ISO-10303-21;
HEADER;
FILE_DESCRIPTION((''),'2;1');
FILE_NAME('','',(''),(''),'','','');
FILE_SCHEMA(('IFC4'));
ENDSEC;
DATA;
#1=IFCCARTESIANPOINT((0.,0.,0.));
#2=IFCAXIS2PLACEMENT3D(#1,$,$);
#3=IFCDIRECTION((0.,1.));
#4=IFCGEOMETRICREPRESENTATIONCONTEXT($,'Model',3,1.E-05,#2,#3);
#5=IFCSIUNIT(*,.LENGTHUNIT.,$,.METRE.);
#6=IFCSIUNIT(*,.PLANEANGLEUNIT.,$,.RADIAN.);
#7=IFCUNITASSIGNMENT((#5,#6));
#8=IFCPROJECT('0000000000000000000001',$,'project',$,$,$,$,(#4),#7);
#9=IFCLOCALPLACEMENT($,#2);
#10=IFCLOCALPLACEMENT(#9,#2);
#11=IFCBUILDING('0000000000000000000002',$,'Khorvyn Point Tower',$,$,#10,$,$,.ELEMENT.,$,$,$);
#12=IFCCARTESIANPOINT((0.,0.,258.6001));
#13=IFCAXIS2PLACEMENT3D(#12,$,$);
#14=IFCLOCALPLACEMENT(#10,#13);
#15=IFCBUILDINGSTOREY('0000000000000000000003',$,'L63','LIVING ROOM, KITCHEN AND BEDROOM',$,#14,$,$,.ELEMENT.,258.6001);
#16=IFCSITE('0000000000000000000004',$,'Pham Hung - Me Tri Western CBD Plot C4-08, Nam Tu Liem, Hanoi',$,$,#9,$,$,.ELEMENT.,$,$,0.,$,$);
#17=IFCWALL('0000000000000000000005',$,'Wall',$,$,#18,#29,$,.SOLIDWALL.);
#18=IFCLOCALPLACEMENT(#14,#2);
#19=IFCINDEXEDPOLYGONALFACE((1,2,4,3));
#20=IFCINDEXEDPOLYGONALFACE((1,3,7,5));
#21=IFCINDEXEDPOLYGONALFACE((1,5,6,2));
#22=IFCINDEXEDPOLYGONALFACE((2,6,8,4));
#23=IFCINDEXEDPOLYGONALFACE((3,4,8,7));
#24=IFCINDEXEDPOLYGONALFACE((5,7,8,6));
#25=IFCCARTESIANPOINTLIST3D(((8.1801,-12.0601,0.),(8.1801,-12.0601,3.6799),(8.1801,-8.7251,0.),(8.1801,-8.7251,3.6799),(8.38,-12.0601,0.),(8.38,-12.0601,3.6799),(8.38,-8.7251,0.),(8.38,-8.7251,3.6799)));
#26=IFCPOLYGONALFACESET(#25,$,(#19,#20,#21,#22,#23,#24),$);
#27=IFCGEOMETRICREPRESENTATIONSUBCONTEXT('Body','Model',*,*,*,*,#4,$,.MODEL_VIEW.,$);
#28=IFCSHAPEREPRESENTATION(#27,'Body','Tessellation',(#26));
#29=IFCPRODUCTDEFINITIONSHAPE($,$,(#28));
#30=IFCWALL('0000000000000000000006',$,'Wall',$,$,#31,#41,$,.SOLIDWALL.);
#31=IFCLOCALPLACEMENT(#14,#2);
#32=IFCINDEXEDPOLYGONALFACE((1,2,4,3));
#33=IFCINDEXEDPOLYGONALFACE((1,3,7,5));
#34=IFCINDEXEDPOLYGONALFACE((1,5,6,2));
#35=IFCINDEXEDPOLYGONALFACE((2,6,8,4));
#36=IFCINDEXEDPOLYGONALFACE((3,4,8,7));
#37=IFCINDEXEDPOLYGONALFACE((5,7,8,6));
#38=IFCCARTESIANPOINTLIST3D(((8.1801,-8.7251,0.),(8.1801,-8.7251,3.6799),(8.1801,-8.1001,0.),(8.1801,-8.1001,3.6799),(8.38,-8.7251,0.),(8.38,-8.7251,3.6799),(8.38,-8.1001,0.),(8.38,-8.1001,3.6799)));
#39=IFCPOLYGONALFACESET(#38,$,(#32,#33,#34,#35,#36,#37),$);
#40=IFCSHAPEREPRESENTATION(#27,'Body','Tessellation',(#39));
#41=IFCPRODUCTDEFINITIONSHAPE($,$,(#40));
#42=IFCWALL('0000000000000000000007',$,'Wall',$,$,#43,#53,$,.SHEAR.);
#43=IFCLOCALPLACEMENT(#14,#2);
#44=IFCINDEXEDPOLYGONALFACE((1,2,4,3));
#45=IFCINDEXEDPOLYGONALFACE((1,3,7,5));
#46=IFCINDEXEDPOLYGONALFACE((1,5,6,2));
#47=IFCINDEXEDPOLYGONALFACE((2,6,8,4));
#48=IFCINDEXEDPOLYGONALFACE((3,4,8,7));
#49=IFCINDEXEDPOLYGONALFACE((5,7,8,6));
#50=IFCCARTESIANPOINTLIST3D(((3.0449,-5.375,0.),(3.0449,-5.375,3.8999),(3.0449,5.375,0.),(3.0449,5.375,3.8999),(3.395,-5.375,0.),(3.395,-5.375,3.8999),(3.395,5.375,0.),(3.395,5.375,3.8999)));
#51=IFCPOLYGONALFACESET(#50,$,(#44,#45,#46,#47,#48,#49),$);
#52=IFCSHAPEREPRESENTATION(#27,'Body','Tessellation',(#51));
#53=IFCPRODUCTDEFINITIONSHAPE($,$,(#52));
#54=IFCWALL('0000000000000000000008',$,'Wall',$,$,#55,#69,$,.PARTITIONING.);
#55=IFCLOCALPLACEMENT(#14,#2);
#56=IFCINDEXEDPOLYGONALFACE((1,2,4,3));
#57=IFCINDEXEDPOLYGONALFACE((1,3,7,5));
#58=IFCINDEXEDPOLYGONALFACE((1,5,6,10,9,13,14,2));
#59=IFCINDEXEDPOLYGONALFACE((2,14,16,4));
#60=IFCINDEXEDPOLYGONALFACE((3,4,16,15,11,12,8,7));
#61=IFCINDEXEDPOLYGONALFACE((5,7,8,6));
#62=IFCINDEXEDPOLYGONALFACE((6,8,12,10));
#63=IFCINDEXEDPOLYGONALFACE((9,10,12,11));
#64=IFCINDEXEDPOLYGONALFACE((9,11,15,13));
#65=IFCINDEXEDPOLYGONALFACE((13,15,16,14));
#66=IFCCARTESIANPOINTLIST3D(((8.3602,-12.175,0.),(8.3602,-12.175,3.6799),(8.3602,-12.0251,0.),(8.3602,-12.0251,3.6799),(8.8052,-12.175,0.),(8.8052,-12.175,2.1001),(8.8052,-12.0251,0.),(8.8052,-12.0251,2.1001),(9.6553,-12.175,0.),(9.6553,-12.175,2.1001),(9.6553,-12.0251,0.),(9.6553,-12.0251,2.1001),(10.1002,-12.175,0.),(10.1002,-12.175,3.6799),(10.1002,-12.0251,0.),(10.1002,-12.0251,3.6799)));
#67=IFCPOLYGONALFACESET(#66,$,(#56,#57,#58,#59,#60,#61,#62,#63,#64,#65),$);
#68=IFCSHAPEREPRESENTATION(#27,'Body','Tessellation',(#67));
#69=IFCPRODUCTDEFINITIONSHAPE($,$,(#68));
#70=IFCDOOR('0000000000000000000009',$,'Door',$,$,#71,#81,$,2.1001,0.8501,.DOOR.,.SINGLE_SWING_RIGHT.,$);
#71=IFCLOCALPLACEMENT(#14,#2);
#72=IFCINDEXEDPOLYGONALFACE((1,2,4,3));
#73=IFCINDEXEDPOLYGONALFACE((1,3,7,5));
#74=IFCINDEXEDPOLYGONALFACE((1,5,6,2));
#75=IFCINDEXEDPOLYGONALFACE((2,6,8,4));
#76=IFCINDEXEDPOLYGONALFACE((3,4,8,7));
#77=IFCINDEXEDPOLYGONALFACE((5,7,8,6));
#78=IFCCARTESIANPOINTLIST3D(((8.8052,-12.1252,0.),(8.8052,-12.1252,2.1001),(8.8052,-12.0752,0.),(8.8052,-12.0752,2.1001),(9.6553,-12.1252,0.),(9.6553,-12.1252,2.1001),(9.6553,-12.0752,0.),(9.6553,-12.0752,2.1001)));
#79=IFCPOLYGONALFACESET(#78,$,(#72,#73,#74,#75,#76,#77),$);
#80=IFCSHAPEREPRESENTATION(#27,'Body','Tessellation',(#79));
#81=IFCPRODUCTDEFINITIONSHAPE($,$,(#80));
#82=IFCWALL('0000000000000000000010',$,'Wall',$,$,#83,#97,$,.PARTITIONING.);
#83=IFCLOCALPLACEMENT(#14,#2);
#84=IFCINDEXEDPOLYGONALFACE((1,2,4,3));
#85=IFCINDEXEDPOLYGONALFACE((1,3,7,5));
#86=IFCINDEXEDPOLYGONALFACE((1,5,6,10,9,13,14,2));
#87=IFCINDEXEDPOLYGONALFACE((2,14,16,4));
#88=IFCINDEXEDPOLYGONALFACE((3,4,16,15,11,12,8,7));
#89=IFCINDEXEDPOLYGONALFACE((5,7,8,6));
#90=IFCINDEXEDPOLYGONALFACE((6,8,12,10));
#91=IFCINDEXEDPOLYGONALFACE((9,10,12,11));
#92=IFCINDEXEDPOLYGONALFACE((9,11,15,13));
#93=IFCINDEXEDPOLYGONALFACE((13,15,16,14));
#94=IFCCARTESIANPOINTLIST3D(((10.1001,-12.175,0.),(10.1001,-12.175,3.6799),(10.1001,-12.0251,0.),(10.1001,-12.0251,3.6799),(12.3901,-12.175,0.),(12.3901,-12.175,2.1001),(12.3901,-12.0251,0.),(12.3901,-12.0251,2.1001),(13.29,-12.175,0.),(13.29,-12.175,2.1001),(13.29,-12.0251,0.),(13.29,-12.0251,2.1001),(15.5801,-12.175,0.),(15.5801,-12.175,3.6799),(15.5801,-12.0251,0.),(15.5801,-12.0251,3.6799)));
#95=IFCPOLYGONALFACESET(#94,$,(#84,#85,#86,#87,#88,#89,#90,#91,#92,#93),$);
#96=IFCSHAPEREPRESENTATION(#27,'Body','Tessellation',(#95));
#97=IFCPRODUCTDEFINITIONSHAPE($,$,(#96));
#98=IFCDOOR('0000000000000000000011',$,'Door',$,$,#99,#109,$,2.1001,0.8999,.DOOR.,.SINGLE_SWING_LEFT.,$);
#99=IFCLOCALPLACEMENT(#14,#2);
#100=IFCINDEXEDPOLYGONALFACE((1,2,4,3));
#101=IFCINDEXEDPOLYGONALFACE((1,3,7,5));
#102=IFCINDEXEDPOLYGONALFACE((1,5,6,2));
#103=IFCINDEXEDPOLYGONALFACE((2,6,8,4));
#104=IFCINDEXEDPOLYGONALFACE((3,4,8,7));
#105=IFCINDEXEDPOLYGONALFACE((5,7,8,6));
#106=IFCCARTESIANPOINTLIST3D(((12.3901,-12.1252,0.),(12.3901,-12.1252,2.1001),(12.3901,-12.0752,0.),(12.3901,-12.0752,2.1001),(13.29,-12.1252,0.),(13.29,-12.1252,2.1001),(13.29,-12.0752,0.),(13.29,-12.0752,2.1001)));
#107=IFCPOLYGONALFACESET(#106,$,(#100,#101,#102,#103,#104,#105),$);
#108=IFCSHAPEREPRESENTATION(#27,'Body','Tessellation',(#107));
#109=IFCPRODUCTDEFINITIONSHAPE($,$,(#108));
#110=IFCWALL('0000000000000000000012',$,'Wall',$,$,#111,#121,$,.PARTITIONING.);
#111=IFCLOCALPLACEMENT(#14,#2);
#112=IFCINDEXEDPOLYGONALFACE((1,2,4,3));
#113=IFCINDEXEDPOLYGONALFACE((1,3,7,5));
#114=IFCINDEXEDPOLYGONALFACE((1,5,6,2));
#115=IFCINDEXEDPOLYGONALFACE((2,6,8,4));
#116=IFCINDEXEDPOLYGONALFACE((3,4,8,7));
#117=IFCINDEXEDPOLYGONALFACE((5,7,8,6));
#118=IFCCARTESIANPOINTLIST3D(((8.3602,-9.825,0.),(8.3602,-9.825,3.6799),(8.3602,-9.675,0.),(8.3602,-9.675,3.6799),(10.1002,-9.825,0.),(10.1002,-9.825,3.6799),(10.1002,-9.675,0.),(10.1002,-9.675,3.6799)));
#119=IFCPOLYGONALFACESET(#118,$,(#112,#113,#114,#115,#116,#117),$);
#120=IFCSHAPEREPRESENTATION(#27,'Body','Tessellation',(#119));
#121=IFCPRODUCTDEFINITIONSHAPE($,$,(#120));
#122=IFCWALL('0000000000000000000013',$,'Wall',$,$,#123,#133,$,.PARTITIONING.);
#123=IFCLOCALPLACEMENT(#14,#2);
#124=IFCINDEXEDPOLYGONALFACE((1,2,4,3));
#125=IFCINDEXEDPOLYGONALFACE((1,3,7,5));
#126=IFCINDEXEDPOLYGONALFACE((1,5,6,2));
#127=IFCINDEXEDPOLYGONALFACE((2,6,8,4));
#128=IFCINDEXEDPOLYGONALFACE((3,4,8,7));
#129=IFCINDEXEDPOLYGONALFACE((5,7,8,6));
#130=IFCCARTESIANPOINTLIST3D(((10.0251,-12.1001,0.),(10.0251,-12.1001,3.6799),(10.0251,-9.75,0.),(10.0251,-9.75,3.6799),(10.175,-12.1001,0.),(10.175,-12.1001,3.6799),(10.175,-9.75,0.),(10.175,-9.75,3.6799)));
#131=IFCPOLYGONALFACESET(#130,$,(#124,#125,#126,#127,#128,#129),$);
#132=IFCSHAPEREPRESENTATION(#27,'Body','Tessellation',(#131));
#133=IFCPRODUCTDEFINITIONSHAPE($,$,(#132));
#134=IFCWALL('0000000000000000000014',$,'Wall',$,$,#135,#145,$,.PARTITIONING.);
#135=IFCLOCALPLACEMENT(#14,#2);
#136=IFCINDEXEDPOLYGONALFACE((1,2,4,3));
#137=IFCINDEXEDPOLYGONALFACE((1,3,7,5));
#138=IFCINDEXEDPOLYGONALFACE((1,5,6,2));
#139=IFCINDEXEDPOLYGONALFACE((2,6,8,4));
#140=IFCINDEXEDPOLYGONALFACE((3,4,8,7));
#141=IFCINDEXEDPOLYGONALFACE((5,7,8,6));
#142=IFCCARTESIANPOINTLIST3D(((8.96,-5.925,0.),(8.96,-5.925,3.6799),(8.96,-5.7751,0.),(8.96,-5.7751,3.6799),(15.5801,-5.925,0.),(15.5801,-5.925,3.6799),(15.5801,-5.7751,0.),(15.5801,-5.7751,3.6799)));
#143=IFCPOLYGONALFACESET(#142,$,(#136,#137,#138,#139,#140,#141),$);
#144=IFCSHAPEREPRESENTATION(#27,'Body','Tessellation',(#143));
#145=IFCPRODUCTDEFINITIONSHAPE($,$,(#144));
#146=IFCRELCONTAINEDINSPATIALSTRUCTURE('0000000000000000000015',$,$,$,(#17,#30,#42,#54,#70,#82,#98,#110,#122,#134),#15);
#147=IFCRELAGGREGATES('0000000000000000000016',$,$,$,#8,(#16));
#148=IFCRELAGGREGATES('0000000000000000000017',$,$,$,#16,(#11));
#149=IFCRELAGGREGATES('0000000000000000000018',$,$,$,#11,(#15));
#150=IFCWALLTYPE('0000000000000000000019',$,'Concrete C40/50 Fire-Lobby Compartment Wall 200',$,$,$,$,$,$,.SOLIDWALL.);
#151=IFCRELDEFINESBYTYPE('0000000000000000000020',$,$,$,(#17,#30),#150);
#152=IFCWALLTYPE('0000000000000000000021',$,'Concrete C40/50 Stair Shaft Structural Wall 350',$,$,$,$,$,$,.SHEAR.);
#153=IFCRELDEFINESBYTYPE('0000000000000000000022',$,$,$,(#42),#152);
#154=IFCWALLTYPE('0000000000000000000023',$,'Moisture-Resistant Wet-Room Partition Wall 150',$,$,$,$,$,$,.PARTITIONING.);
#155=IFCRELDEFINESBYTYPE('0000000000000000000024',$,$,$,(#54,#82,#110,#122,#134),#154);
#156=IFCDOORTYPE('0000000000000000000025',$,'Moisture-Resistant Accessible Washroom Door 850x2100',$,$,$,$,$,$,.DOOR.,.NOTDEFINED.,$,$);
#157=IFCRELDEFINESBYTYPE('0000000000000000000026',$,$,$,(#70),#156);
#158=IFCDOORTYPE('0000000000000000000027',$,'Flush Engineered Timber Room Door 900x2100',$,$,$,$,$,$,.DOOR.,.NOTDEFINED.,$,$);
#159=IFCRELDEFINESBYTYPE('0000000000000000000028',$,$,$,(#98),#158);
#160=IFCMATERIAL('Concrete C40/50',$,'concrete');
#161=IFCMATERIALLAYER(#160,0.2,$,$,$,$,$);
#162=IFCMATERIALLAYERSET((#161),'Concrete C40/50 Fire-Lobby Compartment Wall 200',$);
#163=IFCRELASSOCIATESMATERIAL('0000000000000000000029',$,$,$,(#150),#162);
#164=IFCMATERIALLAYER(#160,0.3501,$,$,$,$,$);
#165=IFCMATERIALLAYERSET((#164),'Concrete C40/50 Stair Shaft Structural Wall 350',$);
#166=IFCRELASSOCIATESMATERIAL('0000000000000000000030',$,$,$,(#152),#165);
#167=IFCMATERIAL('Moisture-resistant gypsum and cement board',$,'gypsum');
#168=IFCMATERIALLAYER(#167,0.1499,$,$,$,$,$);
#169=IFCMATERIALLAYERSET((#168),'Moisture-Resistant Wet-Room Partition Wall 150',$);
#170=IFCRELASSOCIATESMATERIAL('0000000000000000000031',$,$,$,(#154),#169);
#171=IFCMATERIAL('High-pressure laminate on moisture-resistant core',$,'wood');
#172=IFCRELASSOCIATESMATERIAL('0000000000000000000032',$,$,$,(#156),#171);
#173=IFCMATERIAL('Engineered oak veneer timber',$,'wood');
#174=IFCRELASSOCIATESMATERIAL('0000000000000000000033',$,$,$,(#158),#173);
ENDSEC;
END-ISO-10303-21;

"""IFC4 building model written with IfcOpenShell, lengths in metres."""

from ifc_helpers import new_model, si_unit, direction, frame, frame_2d, origin, place, context, subcontext, project, spatial, rectangle, extrude, material, layer, layer_set, type_object, element, fill, save


model = new_model("IFC4")

# Units and contexts
model_context = context("Model", 3, precision=1e-05, world=origin(), true_north=direction((0.0, 1.0)))
body_context = subcontext(model_context, "Body", "Model", "MODEL_VIEW")
ifc_project = project(units=[si_unit("LENGTHUNIT", "METRE"), si_unit("PLANEANGLEUNIT", "RADIAN")], contexts=[model_context])

# Site, building, storey
site_placement = place(None, origin())
site = spatial("IfcSite", under=ifc_project, at=site_placement, Name="Pham Hung - Me Tri Western CBD Plot C4-08, Nam Tu Liem, Hanoi", CompositionType="ELEMENT", RefElevation=0.0)
building_placement = place(site_placement, origin())
building = spatial("IfcBuilding", under=site, at=building_placement, Name="Khorvyn Point Tower", CompositionType="ELEMENT")
storey_placement = place(building_placement, frame((0.0, 0.0, 258.6001)))
storey = spatial("IfcBuildingStorey", under=building, at=storey_placement, Name="L63", Description="LIVING ROOM, KITCHEN AND BEDROOM", CompositionType="ELEMENT", Elevation=258.6001)

# Shared definitions
ifc_material_1 = material(Name="Concrete C40/50", Category="concrete")

# Shared definitions
ifc_layer_1 = layer(ifc_material_1, 0.2)
ifc_layer_set_1 = layer_set([ifc_layer_1], Name="Concrete C40/50 Fire-Lobby Compartment Wall 200")
wall_type_1 = type_object("IfcWallType", Name="Concrete C40/50 Fire-Lobby Compartment Wall 200", PredefinedType="SOLIDWALL", material=ifc_layer_set_1)

# Walls
wall_1_placement = place(storey_placement, frame((8.28, -12.0601, 0.0), z_axis=(0.0, 0.0, 1.0), x_axis=(0.0, 1.0, 0.0)))
element("IfcWall", 1, at=wall_1_placement, inside=storey, type_object=wall_type_1, Name="Wall", PredefinedType="SOLIDWALL", context=body_context, shape_type="SweptSolid", body=[
    extrude(rectangle(XDim=3.335, YDim=0.2, at=frame_2d((1.6675, 0.0))), origin(), (0.0, 0.0, 1.0), 3.6799),
])
wall_2_placement = place(storey_placement, frame((8.28, -8.7251, 0.0), z_axis=(0.0, 0.0, 1.0), x_axis=(0.0, 1.0, 0.0)))
element("IfcWall", 2, at=wall_2_placement, inside=storey, type_object=wall_type_1, Name="Wall", PredefinedType="SOLIDWALL", context=body_context, shape_type="SweptSolid", body=[
    extrude(rectangle(XDim=0.625, YDim=0.2, at=frame_2d((0.3125, 0.0))), origin(), (0.0, 0.0, 1.0), 3.6799),
])
ifc_layer_2 = layer(ifc_material_1, 0.3501)
ifc_layer_set_2 = layer_set([ifc_layer_2], Name="Concrete C40/50 Stair Shaft Structural Wall 350")
wall_type_2 = type_object("IfcWallType", Name="Concrete C40/50 Stair Shaft Structural Wall 350", PredefinedType="SHEAR", material=ifc_layer_set_2)
wall_3_placement = place(storey_placement, frame((3.22, -5.375, 0.0), z_axis=(0.0, 0.0, 1.0), x_axis=(0.0, 1.0, 0.0)))
element("IfcWall", 3, at=wall_3_placement, inside=storey, type_object=wall_type_2, Name="Wall", PredefinedType="SHEAR", context=body_context, shape_type="SweptSolid", body=[
    extrude(rectangle(XDim=10.75, YDim=0.3501, at=frame_2d((5.375, 0.0))), origin(), (0.0, 0.0, 1.0), 3.8999),
])

# Walls, openings, doors
ifc_material_2 = material(Name="Moisture-resistant gypsum and cement board", Category="gypsum")
ifc_layer_3 = layer(ifc_material_2, 0.1499)
ifc_layer_set_3 = layer_set([ifc_layer_3], Name="Moisture-Resistant Wet-Room Partition Wall 150")
wall_type_3 = type_object("IfcWallType", Name="Moisture-Resistant Wet-Room Partition Wall 150", PredefinedType="PARTITIONING", material=ifc_layer_set_3)
wall_4_placement = place(storey_placement, frame((8.3601, -12.1001, 0.0), z_axis=(0.0, 0.0, 1.0), x_axis=(1.0, 0.0, 0.0)))
wall_4 = element("IfcWall", 4, at=wall_4_placement, inside=storey, type_object=wall_type_3, Name="Wall", PredefinedType="PARTITIONING", context=body_context, shape_type="SweptSolid", body=[
    extrude(rectangle(XDim=1.74, YDim=0.1499, at=frame_2d((0.8701, 0.0))), origin(), (0.0, 0.0, 1.0), 3.6799),
])
opening_1_placement = place(wall_4_placement, frame((0.4451, 0.0, 0.0)))
opening_1 = element("IfcOpeningElement", 5, at=opening_1_placement, cuts=wall_4, PredefinedType="OPENING", context=body_context, shape_type="SweptSolid", body=[
    extrude(rectangle(XDim=0.8501, YDim=2.1001, at=frame_2d((0.425, 1.05))), frame((0.0, 0.085, 0.0), z_axis=(0.0, -1.0, 0.0), x_axis=(1.0, 0.0, 0.0)), (0.0, 0.0, 1.0), 0.1699),
])
ifc_material_3 = material(Name="High-pressure laminate on moisture-resistant core", Category="wood")
door_type_1 = type_object("IfcDoorType", Name="Moisture-Resistant Accessible Washroom Door 850x2100", OperationType="NOTDEFINED", PredefinedType="DOOR", material=ifc_material_3)
door_1_placement = place(opening_1_placement, origin())
door_1 = element("IfcDoor", 6, at=door_1_placement, inside=storey, type_object=door_type_1, Name="Door", OperationType="SINGLE_SWING_RIGHT", OverallHeight=2.1001, OverallWidth=0.8501, PredefinedType="DOOR", context=body_context, shape_type="SweptSolid", body=[
    extrude(rectangle(XDim=0.8501, YDim=2.1001, at=frame_2d((0.425, 1.05))), frame((0.0, 0.0249, 0.0), z_axis=(0.0, -1.0, 0.0), x_axis=(1.0, 0.0, 0.0)), (0.0, 0.0, 1.0), 0.05),
])
fill(opening_1, door_1)
wall_5_placement = place(storey_placement, frame((10.1001, -12.1001, 0.0), z_axis=(0.0, 0.0, 1.0), x_axis=(1.0, 0.0, 0.0)))
wall_5 = element("IfcWall", 7, at=wall_5_placement, inside=storey, type_object=wall_type_3, Name="Wall", PredefinedType="PARTITIONING", context=body_context, shape_type="SweptSolid", body=[
    extrude(rectangle(XDim=5.48, YDim=0.1499, at=frame_2d((2.74, 0.0))), origin(), (0.0, 0.0, 1.0), 3.6799),
])
opening_2_placement = place(wall_5_placement, frame((2.29, 0.0, 0.0)))
opening_2 = element("IfcOpeningElement", 8, at=opening_2_placement, cuts=wall_5, PredefinedType="OPENING", context=body_context, shape_type="SweptSolid", body=[
    extrude(rectangle(XDim=0.8999, YDim=2.1001, at=frame_2d((0.45, 1.05))), frame((0.0, 0.085, 0.0), z_axis=(0.0, -1.0, 0.0), x_axis=(1.0, 0.0, 0.0)), (0.0, 0.0, 1.0), 0.1699),
])
ifc_material_4 = material(Name="Engineered oak veneer timber", Category="wood")
door_type_2 = type_object("IfcDoorType", Name="Flush Engineered Timber Room Door 900x2100", OperationType="NOTDEFINED", PredefinedType="DOOR", material=ifc_material_4)
door_2_placement = place(opening_2_placement, origin())
door_2 = element("IfcDoor", 9, at=door_2_placement, inside=storey, type_object=door_type_2, Name="Door", OperationType="SINGLE_SWING_LEFT", OverallHeight=2.1001, OverallWidth=0.8999, PredefinedType="DOOR", context=body_context, shape_type="SweptSolid", body=[
    extrude(rectangle(XDim=0.8999, YDim=2.1001, at=frame_2d((0.45, 1.05))), frame((0.0, 0.0249, 0.0), z_axis=(0.0, -1.0, 0.0), x_axis=(1.0, 0.0, 0.0)), (0.0, 0.0, 1.0), 0.05),
])
fill(opening_2, door_2)

# Walls
wall_6_placement = place(storey_placement, frame((8.3601, -9.75, 0.0), z_axis=(0.0, 0.0, 1.0), x_axis=(1.0, 0.0, 0.0)))
element("IfcWall", 10, at=wall_6_placement, inside=storey, type_object=wall_type_3, Name="Wall", PredefinedType="PARTITIONING", context=body_context, shape_type="SweptSolid", body=[
    extrude(rectangle(XDim=1.74, YDim=0.1499, at=frame_2d((0.8701, 0.0))), origin(), (0.0, 0.0, 1.0), 3.6799),
])
wall_7_placement = place(storey_placement, frame((10.1001, -12.1001, 0.0), z_axis=(0.0, 0.0, 1.0), x_axis=(0.0, 1.0, 0.0)))
element("IfcWall", 11, at=wall_7_placement, inside=storey, type_object=wall_type_3, Name="Wall", PredefinedType="PARTITIONING", context=body_context, shape_type="SweptSolid", body=[
    extrude(rectangle(XDim=2.3501, YDim=0.1499, at=frame_2d((1.175, 0.0))), origin(), (0.0, 0.0, 1.0), 3.6799),
])
wall_8_placement = place(storey_placement, frame((8.96, -5.8501, 0.0), z_axis=(0.0, 0.0, 1.0), x_axis=(1.0, 0.0, 0.0)))
element("IfcWall", 12, at=wall_8_placement, inside=storey, type_object=wall_type_3, Name="Wall", PredefinedType="PARTITIONING", context=body_context, shape_type="SweptSolid", body=[
    extrude(rectangle(XDim=6.6201, YDim=0.1499, at=frame_2d((3.3101, 0.0))), origin(), (0.0, 0.0, 1.0), 3.6799),
])

save(model, "model.ifc")
